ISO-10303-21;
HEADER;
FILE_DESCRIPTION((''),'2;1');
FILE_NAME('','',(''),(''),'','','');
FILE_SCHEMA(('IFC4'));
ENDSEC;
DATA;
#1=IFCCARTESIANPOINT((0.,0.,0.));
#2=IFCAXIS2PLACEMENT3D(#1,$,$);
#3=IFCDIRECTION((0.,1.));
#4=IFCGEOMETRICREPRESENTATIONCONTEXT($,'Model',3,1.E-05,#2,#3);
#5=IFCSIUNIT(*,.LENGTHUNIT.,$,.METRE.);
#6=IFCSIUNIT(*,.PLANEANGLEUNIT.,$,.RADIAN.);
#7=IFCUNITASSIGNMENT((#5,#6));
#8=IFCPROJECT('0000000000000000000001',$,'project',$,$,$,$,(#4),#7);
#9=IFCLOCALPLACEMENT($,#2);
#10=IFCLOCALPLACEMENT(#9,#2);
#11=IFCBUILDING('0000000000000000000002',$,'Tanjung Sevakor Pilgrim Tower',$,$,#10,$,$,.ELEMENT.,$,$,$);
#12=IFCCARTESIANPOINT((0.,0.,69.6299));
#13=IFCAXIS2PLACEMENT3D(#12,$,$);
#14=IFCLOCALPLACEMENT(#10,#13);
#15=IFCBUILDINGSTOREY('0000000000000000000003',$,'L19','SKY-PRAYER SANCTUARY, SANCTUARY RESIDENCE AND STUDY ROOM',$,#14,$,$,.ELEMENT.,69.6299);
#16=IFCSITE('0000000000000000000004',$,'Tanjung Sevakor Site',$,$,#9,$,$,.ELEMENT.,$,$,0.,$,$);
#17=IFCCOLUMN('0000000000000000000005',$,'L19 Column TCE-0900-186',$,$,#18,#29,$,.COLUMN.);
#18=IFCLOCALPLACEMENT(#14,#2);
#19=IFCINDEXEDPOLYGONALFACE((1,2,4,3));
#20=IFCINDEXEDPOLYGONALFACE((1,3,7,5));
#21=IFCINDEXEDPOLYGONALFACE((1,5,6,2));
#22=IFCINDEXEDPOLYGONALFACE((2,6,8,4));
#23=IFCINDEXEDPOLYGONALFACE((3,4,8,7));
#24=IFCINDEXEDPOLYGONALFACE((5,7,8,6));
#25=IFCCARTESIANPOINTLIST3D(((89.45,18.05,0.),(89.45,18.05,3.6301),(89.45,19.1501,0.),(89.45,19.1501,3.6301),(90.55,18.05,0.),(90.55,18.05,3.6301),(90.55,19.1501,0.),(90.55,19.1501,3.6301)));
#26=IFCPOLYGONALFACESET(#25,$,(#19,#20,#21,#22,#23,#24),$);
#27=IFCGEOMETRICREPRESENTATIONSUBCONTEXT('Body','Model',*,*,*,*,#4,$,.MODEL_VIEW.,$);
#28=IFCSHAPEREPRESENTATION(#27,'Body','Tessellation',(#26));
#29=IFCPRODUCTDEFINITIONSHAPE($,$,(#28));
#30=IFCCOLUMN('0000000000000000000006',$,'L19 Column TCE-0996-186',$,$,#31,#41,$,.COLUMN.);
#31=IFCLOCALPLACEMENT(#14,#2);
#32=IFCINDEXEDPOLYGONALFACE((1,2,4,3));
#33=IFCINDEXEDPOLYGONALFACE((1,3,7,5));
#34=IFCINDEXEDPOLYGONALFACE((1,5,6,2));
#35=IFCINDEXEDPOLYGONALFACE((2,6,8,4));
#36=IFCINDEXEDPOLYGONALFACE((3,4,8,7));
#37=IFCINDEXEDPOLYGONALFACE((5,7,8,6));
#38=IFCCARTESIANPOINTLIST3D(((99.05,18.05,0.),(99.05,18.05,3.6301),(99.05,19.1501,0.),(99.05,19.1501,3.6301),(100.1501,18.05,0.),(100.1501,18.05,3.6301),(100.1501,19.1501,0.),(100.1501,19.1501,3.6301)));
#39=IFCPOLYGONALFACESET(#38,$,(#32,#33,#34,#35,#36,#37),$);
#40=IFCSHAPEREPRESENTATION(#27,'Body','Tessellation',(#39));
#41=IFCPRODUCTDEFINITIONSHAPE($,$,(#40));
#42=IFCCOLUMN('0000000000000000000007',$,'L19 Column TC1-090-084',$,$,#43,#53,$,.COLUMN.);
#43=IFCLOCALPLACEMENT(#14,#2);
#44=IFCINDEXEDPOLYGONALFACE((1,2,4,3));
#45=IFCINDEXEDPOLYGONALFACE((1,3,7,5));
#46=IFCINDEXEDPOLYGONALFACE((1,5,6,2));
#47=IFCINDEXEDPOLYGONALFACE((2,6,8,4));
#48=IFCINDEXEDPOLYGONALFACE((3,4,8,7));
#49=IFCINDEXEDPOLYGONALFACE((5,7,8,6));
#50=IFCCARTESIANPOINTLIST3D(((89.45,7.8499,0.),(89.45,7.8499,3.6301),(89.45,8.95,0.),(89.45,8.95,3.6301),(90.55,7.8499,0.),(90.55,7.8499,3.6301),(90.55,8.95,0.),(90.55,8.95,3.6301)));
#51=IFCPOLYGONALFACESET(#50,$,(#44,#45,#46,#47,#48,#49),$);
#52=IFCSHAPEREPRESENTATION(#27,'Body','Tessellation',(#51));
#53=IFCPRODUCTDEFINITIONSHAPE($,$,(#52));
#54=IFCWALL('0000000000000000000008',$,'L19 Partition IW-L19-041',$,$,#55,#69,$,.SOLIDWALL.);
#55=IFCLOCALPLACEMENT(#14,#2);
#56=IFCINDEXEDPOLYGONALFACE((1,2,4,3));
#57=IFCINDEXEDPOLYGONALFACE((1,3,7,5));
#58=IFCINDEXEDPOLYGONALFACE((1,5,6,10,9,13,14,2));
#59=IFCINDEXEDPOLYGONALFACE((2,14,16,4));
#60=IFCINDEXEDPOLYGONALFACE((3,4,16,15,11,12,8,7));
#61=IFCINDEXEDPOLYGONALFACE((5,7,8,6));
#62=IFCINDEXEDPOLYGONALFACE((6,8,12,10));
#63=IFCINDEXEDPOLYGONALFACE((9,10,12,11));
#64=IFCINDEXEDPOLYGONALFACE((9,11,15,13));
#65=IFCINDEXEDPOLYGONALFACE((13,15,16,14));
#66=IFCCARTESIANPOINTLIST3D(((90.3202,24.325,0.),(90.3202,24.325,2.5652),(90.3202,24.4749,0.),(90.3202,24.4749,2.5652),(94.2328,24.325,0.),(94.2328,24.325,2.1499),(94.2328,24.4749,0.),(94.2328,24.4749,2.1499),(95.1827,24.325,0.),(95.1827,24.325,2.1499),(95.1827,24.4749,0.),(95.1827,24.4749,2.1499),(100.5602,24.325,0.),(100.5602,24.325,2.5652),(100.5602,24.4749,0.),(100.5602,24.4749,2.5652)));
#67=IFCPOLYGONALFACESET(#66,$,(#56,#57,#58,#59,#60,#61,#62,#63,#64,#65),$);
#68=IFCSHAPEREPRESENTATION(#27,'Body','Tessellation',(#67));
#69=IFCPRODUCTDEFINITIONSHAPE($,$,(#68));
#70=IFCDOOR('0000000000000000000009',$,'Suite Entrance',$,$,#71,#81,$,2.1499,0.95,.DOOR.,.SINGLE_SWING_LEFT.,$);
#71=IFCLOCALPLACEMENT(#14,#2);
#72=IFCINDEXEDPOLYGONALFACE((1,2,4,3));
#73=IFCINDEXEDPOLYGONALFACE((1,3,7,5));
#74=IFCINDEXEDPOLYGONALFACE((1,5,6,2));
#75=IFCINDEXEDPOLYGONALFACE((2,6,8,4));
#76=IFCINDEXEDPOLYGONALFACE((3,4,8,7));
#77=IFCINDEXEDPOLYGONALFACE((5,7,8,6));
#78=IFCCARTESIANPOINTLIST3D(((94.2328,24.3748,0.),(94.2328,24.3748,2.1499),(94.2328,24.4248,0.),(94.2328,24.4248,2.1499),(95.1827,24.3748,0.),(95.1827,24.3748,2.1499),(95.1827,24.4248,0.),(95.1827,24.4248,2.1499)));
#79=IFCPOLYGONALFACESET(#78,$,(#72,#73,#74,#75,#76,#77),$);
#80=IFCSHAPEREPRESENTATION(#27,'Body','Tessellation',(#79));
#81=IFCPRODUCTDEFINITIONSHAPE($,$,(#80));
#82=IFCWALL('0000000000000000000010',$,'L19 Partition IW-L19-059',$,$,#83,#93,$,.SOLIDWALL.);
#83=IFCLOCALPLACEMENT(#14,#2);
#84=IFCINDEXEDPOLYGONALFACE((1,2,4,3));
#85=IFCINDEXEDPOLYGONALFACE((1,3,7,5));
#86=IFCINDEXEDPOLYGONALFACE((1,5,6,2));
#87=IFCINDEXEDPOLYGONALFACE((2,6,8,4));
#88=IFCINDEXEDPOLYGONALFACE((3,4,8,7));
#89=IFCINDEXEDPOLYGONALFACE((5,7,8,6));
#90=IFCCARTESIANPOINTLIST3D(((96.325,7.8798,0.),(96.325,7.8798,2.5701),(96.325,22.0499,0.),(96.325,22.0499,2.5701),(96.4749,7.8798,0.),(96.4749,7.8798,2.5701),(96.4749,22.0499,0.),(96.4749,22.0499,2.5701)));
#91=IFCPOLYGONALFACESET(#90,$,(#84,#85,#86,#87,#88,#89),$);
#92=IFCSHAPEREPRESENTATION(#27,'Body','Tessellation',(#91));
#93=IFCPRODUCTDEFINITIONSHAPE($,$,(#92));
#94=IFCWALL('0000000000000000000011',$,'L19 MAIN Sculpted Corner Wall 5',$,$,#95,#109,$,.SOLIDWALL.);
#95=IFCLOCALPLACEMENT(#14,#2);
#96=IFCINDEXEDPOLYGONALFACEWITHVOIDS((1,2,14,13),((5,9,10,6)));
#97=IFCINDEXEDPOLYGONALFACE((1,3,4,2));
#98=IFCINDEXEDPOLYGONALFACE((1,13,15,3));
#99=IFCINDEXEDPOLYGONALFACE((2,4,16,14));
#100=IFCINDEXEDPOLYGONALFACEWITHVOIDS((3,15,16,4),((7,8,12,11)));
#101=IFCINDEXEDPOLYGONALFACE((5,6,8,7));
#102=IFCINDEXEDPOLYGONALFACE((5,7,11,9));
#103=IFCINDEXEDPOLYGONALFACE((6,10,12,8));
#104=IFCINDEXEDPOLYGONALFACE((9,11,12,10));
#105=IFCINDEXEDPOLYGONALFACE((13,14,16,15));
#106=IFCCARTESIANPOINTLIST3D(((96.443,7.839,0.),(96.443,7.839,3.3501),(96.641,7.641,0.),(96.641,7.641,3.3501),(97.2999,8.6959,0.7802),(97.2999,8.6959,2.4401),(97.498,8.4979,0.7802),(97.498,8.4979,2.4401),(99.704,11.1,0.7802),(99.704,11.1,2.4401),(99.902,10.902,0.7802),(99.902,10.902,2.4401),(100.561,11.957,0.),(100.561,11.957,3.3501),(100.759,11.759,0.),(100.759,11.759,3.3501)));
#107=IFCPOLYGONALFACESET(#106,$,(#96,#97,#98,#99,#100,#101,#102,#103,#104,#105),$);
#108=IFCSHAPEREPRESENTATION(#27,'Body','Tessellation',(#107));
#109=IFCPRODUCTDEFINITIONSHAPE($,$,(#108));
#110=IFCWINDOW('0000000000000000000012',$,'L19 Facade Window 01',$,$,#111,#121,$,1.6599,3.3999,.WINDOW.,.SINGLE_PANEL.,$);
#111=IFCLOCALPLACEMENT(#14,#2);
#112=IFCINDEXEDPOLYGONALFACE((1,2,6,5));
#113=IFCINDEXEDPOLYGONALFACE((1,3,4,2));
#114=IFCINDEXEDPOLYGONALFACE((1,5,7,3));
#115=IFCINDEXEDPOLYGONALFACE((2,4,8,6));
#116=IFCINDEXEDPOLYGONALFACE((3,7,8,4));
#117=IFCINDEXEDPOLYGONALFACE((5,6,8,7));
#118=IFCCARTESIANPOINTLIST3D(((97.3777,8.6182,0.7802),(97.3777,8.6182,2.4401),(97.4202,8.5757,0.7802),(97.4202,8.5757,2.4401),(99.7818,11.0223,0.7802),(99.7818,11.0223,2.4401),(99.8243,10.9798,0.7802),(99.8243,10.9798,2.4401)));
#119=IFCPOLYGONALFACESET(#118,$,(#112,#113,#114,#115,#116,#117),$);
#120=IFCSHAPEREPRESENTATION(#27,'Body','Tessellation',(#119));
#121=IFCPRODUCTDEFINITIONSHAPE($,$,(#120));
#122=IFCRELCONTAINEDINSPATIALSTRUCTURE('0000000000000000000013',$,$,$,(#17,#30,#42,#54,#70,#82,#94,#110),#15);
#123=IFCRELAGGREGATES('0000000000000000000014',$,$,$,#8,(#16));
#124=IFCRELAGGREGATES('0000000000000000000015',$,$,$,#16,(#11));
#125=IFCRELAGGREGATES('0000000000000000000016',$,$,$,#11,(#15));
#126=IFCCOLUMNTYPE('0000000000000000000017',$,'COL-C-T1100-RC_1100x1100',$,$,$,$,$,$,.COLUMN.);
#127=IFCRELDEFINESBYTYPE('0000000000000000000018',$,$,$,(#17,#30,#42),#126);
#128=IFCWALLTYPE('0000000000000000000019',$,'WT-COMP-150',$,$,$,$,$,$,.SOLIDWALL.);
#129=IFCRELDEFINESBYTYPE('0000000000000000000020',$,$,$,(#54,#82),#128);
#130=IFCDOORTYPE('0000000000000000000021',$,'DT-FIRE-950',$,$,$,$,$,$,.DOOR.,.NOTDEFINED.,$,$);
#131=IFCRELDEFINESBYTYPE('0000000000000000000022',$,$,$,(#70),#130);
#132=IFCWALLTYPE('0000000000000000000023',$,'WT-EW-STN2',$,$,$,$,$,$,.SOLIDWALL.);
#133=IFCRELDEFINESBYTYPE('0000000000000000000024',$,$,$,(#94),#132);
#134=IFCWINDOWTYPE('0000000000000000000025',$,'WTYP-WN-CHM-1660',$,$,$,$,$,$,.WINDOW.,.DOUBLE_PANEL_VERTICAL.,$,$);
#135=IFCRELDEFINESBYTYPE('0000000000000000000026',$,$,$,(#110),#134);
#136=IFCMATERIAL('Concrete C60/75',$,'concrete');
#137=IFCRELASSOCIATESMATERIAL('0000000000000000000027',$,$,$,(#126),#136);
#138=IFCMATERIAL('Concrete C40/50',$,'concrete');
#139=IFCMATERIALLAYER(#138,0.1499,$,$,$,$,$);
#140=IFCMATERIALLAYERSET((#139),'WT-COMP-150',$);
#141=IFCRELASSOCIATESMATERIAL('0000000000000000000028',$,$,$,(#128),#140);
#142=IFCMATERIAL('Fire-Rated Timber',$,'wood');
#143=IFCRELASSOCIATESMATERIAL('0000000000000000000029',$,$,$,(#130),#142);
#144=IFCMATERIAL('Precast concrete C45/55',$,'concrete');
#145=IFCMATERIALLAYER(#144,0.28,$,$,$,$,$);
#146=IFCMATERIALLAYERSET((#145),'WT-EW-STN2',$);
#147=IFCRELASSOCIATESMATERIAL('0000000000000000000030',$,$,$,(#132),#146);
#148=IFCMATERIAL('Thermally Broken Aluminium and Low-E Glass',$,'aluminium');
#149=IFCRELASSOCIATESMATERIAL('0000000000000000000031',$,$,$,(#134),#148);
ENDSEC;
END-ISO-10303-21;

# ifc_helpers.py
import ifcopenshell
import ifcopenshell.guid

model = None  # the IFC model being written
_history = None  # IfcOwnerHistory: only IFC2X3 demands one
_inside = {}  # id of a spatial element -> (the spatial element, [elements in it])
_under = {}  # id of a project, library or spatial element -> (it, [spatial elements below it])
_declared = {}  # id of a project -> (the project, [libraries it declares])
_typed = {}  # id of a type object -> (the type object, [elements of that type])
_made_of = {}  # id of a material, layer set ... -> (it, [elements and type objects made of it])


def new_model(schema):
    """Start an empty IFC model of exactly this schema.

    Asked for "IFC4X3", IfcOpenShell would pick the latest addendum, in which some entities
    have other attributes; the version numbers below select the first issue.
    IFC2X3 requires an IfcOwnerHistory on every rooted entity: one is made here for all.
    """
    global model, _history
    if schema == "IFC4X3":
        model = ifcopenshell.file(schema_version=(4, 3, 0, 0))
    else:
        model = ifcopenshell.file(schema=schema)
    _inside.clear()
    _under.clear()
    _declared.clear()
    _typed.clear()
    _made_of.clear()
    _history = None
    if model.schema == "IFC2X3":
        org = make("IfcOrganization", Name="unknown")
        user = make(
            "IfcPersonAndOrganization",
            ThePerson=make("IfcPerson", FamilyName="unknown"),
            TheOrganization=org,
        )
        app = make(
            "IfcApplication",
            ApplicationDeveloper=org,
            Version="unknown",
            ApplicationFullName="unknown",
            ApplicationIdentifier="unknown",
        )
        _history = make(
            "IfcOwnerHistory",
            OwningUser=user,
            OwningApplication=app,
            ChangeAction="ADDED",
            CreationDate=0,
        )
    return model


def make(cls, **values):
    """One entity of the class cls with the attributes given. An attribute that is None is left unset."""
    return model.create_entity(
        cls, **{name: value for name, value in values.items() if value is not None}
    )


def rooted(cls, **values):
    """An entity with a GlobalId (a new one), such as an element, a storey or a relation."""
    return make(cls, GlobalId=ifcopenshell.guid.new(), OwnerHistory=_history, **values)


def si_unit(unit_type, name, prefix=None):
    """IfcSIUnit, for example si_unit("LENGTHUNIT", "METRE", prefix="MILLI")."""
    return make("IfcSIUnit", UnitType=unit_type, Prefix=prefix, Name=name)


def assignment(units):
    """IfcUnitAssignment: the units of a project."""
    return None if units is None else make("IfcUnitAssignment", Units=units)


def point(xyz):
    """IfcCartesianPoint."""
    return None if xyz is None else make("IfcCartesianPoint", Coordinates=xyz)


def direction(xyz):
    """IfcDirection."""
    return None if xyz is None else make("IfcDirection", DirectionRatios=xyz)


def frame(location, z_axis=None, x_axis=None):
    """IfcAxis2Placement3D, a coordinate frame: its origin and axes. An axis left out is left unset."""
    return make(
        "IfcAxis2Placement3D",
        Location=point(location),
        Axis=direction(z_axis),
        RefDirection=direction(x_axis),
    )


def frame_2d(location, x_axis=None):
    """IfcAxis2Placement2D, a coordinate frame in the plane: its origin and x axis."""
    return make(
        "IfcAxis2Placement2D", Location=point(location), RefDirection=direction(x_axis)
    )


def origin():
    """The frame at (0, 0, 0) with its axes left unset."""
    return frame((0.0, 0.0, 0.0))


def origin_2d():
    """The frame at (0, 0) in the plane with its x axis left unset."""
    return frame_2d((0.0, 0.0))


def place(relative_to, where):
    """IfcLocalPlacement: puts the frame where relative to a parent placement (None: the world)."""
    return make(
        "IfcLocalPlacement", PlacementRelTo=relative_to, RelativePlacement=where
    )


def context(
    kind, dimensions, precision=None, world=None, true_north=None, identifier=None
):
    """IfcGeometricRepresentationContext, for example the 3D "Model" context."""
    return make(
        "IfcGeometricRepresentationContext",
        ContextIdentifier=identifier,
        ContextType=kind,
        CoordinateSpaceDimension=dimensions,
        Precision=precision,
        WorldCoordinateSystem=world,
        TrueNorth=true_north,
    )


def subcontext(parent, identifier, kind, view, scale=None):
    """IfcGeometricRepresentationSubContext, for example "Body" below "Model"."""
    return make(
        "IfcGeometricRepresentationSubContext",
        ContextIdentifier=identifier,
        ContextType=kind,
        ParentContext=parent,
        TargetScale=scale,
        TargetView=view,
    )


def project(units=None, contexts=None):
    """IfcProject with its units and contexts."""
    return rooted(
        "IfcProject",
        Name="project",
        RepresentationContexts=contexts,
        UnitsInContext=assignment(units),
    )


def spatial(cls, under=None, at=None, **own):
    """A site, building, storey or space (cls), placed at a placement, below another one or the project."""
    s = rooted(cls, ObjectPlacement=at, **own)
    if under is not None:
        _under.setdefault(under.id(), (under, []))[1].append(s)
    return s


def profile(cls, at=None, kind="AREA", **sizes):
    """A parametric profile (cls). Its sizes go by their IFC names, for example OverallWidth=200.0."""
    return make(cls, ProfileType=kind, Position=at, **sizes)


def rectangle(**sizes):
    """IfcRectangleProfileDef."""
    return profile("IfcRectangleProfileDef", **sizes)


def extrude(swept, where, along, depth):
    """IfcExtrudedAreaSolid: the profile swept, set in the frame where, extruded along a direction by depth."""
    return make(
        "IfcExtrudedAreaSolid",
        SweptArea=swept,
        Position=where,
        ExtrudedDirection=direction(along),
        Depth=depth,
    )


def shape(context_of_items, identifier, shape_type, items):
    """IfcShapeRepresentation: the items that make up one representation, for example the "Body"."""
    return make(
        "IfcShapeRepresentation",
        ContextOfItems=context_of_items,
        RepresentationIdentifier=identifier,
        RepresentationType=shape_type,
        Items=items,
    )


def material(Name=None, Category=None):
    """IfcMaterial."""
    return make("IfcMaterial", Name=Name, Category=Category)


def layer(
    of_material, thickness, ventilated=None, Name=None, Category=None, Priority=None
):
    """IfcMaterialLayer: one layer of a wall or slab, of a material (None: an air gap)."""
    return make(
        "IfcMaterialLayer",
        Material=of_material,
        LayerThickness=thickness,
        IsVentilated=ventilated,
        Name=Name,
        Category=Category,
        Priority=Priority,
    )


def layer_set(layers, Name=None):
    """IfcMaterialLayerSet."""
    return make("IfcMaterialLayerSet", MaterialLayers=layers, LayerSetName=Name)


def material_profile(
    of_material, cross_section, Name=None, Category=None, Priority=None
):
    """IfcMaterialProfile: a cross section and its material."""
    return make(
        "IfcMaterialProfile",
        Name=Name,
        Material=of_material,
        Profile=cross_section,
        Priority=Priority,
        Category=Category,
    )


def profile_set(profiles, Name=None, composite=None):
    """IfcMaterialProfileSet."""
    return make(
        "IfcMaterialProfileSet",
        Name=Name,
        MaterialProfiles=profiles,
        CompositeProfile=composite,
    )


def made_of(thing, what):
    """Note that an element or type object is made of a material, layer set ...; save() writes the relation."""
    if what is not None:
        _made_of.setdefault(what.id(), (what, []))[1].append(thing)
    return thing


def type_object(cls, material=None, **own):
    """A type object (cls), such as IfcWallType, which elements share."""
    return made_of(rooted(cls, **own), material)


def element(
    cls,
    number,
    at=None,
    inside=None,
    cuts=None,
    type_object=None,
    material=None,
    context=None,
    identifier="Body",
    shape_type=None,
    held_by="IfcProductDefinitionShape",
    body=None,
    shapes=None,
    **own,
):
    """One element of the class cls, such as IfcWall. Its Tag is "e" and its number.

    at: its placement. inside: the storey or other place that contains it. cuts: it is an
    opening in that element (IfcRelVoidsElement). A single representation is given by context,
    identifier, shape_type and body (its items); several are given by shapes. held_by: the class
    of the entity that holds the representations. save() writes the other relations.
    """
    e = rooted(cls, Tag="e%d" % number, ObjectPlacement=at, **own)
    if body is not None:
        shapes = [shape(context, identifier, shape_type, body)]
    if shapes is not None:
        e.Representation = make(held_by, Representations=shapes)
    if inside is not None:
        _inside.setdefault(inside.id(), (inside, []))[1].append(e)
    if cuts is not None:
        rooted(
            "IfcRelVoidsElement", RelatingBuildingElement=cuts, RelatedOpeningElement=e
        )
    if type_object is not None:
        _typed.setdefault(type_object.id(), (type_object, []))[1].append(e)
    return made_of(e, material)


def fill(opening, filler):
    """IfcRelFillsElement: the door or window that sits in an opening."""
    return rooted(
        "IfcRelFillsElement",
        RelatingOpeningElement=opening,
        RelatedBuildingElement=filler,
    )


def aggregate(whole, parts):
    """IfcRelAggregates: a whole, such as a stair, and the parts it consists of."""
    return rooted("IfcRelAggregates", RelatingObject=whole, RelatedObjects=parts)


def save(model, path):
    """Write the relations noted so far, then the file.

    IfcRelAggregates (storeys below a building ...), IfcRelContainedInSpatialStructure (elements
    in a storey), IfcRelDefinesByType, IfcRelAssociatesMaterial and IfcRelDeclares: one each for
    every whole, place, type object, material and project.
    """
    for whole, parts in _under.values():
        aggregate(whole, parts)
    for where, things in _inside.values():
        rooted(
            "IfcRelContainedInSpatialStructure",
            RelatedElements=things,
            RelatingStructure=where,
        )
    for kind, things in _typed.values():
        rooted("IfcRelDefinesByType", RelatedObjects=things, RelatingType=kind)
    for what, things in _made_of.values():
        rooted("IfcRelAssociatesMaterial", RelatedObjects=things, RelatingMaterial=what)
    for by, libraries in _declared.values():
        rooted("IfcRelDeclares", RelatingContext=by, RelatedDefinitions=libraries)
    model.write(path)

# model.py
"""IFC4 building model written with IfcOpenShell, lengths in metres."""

from ifc_helpers import new_model, si_unit, direction, frame, frame_2d, origin, origin_2d, place, context, subcontext, project, spatial, rectangle, extrude, material, layer, layer_set, material_profile, profile_set, type_object, element, fill, save


model = new_model("IFC4")

# Units and contexts
model_context = context("Model", 3, precision=1e-05, world=origin(), true_north=direction((0.0, 1.0)))
body_context = subcontext(model_context, "Body", "Model", "MODEL_VIEW")
ifc_project = project(units=[si_unit("LENGTHUNIT", "METRE"), si_unit("PLANEANGLEUNIT", "RADIAN")], contexts=[model_context])

# Site, building, storey
site_placement = place(None, origin())
site = spatial("IfcSite", under=ifc_project, at=site_placement, Name="Tanjung Sevakor Site", CompositionType="ELEMENT", RefElevation=0.0)
building_placement = place(site_placement, origin())
building = spatial("IfcBuilding", under=site, at=building_placement, Name="Tanjung Sevakor Pilgrim Tower", CompositionType="ELEMENT")
storey_placement = place(building_placement, frame((0.0, 0.0, 69.6299)))
storey = spatial("IfcBuildingStorey", under=building, at=storey_placement, Name="L19", Description="SKY-PRAYER SANCTUARY, SANCTUARY RESIDENCE AND STUDY ROOM", CompositionType="ELEMENT", Elevation=69.6299)

# Columns
ifc_material_1 = material(Name="Concrete C60/75", Category="concrete")
ifc_material_profile = material_profile(ifc_material_1, rectangle(XDim=1.1001, YDim=1.1001, at=origin_2d()))
ifc_profile_set = profile_set([ifc_material_profile], Name="Concrete C60/75")
column_type = type_object("IfcColumnType", Name="COL-C-T1100-RC_1100x1100", PredefinedType="COLUMN", material=ifc_profile_set)
for number, where, z_axis, x_axis, name in (
    (1, (90.0, 18.6001, 0.0), (0.0, 0.0, 1.0), (1.0, 0.0, 0.0), "L19 Column TCE-0900-186"),
    (2, (99.6001, 18.6001, 0.0), (0.0, 0.0, 1.0), (1.0, 0.0, 0.0), "L19 Column TCE-0996-186"),
    (3, (90.0, 8.3999, 0.0), (0.0, 0.0, 1.0), (1.0, 0.0, 0.0), "L19 Column TC1-090-084"),
):
    element("IfcColumn", number, at=place(storey_placement, frame(where, z_axis=z_axis, x_axis=x_axis)), inside=storey, type_object=column_type, Name=name, PredefinedType="COLUMN", context=body_context, shape_type="SweptSolid", body=[
        extrude(rectangle(XDim=1.1001, YDim=1.1001, at=origin_2d()), origin(), (0.0, 0.0, 1.0), 3.6301),
    ])

# Wall, opening, door
ifc_material_2 = material(Name="Concrete C40/50", Category="concrete")
ifc_layer_1 = layer(ifc_material_2, 0.1499)
ifc_layer_set_1 = layer_set([ifc_layer_1], Name="WT-COMP-150")
wall_type_1 = type_object("IfcWallType", Name="WT-COMP-150", PredefinedType="SOLIDWALL", material=ifc_layer_set_1)
wall_1_placement = place(storey_placement, frame((90.3201, 24.3999, 0.0), z_axis=(0.0, 0.0, 1.0), x_axis=(1.0, 0.0, 0.0)))
wall_1 = element("IfcWall", 4, at=wall_1_placement, inside=storey, type_object=wall_type_1, Name="L19 Partition IW-L19-041", PredefinedType="SOLIDWALL", context=body_context, shape_type="SweptSolid", body=[
    extrude(rectangle(XDim=10.24, YDim=0.1499, at=frame_2d((5.1201, 0.0))), origin(), (0.0, 0.0, 1.0), 2.5652),
])
opening_1_placement = place(wall_1_placement, frame((3.9126, 0.0, 0.0)))
opening_1 = element("IfcOpeningElement", 5, at=opening_1_placement, cuts=wall_1, PredefinedType="OPENING", context=body_context, shape_type="SweptSolid", body=[
    extrude(rectangle(XDim=0.95, YDim=2.1499, at=frame_2d((0.4751, 1.075))), frame((0.0, 0.085, 0.0), z_axis=(0.0, -1.0, 0.0), x_axis=(1.0, 0.0, 0.0)), (0.0, 0.0, 1.0), 0.1699),
])
ifc_material_3 = material(Name="Fire-Rated Timber", Category="wood")
door_type_1 = type_object("IfcDoorType", Name="DT-FIRE-950", OperationType="NOTDEFINED", PredefinedType="DOOR", material=ifc_material_3)
door_1_placement = place(opening_1_placement, origin())
door_1 = element("IfcDoor", 6, at=door_1_placement, inside=storey, type_object=door_type_1, Name="Suite Entrance", OperationType="SINGLE_SWING_LEFT", OverallHeight=2.1499, OverallWidth=0.95, PredefinedType="DOOR", context=body_context, shape_type="SweptSolid", body=[
    extrude(rectangle(XDim=0.95, YDim=2.1499, at=frame_2d((0.4751, 1.075))), frame((0.0, 0.0249, 0.0), z_axis=(0.0, -1.0, 0.0), x_axis=(1.0, 0.0, 0.0)), (0.0, 0.0, 1.0), 0.05),
])
fill(opening_1, door_1)

# Wall
wall_2_placement = place(storey_placement, frame((96.3999, 7.8799, 0.0), z_axis=(0.0, 0.0, 1.0), x_axis=(0.0, 1.0, 0.0)))
element("IfcWall", 7, at=wall_2_placement, inside=storey, type_object=wall_type_1, Name="L19 Partition IW-L19-059", PredefinedType="SOLIDWALL", context=body_context, shape_type="SweptSolid", body=[
    extrude(rectangle(XDim=14.1702, YDim=0.1499, at=frame_2d((7.085, 0.0))), origin(), (0.0, 0.0, 1.0), 2.5701),
])

# Wall, opening, window
ifc_material_4 = material(Name="Precast concrete C45/55", Category="concrete")
ifc_layer_2 = layer(ifc_material_4, 0.28)
ifc_layer_set_2 = layer_set([ifc_layer_2], Name="WT-EW-STN2")
wall_type_2 = type_object("IfcWallType", Name="WT-EW-STN2", PredefinedType="SOLIDWALL", material=ifc_layer_set_2)
wall_3_placement = place(storey_placement, frame((96.542, 7.74, 0.0), z_axis=(0.0, 0.0, 1.0), x_axis=(0.707107, 0.707107, 0.0)))
wall_3 = element("IfcWall", 8, at=wall_3_placement, inside=storey, type_object=wall_type_2, Name="L19 MAIN Sculpted Corner Wall 5", PredefinedType="SOLIDWALL", context=body_context, shape_type="SweptSolid", body=[
    extrude(rectangle(XDim=5.8237, YDim=0.28, at=frame_2d((2.9119, 0.0))), origin(), (0.0, 0.0, 1.0), 3.3501),
])
opening_2_placement = place(wall_3_placement, frame((1.2119, 0.0, 0.78)))
opening_2 = element("IfcOpeningElement", 9, at=opening_2_placement, cuts=wall_3, PredefinedType="OPENING", context=body_context, shape_type="SweptSolid", body=[
    extrude(rectangle(XDim=3.3999, YDim=1.6599, at=frame_2d((1.7, 0.8301))), frame((0.0, 0.1499, 0.0), z_axis=(0.0, -1.0, 0.0), x_axis=(1.0, 0.0, 0.0)), (0.0, 0.0, 1.0), 0.3),
])
ifc_material_5 = material(Name="Thermally Broken Aluminium and Low-E Glass", Category="aluminium")
window_type_1 = type_object("IfcWindowType", Name="WTYP-WN-CHM-1660", PartitioningType="DOUBLE_PANEL_VERTICAL", PredefinedType="WINDOW", material=ifc_material_5)
window_1_placement = place(opening_2_placement, origin())
window_1 = element("IfcWindow", 10, at=window_1_placement, inside=storey, type_object=window_type_1, Name="L19 Facade Window 01", OverallHeight=1.6599, OverallWidth=3.3999, PartitioningType="SINGLE_PANEL", PredefinedType="WINDOW", context=body_context, shape_type="SweptSolid", body=[
    extrude(rectangle(XDim=3.3999, YDim=1.6599, at=frame_2d((1.7, 0.8301))), frame((0.0, 0.03, 0.0), z_axis=(0.0, -1.0, 0.0), x_axis=(1.0, 0.0, 0.0)), (0.0, 0.0, 1.0), 0.0601),
])
fill(opening_2, window_1)

save(model, "model.ifc")
